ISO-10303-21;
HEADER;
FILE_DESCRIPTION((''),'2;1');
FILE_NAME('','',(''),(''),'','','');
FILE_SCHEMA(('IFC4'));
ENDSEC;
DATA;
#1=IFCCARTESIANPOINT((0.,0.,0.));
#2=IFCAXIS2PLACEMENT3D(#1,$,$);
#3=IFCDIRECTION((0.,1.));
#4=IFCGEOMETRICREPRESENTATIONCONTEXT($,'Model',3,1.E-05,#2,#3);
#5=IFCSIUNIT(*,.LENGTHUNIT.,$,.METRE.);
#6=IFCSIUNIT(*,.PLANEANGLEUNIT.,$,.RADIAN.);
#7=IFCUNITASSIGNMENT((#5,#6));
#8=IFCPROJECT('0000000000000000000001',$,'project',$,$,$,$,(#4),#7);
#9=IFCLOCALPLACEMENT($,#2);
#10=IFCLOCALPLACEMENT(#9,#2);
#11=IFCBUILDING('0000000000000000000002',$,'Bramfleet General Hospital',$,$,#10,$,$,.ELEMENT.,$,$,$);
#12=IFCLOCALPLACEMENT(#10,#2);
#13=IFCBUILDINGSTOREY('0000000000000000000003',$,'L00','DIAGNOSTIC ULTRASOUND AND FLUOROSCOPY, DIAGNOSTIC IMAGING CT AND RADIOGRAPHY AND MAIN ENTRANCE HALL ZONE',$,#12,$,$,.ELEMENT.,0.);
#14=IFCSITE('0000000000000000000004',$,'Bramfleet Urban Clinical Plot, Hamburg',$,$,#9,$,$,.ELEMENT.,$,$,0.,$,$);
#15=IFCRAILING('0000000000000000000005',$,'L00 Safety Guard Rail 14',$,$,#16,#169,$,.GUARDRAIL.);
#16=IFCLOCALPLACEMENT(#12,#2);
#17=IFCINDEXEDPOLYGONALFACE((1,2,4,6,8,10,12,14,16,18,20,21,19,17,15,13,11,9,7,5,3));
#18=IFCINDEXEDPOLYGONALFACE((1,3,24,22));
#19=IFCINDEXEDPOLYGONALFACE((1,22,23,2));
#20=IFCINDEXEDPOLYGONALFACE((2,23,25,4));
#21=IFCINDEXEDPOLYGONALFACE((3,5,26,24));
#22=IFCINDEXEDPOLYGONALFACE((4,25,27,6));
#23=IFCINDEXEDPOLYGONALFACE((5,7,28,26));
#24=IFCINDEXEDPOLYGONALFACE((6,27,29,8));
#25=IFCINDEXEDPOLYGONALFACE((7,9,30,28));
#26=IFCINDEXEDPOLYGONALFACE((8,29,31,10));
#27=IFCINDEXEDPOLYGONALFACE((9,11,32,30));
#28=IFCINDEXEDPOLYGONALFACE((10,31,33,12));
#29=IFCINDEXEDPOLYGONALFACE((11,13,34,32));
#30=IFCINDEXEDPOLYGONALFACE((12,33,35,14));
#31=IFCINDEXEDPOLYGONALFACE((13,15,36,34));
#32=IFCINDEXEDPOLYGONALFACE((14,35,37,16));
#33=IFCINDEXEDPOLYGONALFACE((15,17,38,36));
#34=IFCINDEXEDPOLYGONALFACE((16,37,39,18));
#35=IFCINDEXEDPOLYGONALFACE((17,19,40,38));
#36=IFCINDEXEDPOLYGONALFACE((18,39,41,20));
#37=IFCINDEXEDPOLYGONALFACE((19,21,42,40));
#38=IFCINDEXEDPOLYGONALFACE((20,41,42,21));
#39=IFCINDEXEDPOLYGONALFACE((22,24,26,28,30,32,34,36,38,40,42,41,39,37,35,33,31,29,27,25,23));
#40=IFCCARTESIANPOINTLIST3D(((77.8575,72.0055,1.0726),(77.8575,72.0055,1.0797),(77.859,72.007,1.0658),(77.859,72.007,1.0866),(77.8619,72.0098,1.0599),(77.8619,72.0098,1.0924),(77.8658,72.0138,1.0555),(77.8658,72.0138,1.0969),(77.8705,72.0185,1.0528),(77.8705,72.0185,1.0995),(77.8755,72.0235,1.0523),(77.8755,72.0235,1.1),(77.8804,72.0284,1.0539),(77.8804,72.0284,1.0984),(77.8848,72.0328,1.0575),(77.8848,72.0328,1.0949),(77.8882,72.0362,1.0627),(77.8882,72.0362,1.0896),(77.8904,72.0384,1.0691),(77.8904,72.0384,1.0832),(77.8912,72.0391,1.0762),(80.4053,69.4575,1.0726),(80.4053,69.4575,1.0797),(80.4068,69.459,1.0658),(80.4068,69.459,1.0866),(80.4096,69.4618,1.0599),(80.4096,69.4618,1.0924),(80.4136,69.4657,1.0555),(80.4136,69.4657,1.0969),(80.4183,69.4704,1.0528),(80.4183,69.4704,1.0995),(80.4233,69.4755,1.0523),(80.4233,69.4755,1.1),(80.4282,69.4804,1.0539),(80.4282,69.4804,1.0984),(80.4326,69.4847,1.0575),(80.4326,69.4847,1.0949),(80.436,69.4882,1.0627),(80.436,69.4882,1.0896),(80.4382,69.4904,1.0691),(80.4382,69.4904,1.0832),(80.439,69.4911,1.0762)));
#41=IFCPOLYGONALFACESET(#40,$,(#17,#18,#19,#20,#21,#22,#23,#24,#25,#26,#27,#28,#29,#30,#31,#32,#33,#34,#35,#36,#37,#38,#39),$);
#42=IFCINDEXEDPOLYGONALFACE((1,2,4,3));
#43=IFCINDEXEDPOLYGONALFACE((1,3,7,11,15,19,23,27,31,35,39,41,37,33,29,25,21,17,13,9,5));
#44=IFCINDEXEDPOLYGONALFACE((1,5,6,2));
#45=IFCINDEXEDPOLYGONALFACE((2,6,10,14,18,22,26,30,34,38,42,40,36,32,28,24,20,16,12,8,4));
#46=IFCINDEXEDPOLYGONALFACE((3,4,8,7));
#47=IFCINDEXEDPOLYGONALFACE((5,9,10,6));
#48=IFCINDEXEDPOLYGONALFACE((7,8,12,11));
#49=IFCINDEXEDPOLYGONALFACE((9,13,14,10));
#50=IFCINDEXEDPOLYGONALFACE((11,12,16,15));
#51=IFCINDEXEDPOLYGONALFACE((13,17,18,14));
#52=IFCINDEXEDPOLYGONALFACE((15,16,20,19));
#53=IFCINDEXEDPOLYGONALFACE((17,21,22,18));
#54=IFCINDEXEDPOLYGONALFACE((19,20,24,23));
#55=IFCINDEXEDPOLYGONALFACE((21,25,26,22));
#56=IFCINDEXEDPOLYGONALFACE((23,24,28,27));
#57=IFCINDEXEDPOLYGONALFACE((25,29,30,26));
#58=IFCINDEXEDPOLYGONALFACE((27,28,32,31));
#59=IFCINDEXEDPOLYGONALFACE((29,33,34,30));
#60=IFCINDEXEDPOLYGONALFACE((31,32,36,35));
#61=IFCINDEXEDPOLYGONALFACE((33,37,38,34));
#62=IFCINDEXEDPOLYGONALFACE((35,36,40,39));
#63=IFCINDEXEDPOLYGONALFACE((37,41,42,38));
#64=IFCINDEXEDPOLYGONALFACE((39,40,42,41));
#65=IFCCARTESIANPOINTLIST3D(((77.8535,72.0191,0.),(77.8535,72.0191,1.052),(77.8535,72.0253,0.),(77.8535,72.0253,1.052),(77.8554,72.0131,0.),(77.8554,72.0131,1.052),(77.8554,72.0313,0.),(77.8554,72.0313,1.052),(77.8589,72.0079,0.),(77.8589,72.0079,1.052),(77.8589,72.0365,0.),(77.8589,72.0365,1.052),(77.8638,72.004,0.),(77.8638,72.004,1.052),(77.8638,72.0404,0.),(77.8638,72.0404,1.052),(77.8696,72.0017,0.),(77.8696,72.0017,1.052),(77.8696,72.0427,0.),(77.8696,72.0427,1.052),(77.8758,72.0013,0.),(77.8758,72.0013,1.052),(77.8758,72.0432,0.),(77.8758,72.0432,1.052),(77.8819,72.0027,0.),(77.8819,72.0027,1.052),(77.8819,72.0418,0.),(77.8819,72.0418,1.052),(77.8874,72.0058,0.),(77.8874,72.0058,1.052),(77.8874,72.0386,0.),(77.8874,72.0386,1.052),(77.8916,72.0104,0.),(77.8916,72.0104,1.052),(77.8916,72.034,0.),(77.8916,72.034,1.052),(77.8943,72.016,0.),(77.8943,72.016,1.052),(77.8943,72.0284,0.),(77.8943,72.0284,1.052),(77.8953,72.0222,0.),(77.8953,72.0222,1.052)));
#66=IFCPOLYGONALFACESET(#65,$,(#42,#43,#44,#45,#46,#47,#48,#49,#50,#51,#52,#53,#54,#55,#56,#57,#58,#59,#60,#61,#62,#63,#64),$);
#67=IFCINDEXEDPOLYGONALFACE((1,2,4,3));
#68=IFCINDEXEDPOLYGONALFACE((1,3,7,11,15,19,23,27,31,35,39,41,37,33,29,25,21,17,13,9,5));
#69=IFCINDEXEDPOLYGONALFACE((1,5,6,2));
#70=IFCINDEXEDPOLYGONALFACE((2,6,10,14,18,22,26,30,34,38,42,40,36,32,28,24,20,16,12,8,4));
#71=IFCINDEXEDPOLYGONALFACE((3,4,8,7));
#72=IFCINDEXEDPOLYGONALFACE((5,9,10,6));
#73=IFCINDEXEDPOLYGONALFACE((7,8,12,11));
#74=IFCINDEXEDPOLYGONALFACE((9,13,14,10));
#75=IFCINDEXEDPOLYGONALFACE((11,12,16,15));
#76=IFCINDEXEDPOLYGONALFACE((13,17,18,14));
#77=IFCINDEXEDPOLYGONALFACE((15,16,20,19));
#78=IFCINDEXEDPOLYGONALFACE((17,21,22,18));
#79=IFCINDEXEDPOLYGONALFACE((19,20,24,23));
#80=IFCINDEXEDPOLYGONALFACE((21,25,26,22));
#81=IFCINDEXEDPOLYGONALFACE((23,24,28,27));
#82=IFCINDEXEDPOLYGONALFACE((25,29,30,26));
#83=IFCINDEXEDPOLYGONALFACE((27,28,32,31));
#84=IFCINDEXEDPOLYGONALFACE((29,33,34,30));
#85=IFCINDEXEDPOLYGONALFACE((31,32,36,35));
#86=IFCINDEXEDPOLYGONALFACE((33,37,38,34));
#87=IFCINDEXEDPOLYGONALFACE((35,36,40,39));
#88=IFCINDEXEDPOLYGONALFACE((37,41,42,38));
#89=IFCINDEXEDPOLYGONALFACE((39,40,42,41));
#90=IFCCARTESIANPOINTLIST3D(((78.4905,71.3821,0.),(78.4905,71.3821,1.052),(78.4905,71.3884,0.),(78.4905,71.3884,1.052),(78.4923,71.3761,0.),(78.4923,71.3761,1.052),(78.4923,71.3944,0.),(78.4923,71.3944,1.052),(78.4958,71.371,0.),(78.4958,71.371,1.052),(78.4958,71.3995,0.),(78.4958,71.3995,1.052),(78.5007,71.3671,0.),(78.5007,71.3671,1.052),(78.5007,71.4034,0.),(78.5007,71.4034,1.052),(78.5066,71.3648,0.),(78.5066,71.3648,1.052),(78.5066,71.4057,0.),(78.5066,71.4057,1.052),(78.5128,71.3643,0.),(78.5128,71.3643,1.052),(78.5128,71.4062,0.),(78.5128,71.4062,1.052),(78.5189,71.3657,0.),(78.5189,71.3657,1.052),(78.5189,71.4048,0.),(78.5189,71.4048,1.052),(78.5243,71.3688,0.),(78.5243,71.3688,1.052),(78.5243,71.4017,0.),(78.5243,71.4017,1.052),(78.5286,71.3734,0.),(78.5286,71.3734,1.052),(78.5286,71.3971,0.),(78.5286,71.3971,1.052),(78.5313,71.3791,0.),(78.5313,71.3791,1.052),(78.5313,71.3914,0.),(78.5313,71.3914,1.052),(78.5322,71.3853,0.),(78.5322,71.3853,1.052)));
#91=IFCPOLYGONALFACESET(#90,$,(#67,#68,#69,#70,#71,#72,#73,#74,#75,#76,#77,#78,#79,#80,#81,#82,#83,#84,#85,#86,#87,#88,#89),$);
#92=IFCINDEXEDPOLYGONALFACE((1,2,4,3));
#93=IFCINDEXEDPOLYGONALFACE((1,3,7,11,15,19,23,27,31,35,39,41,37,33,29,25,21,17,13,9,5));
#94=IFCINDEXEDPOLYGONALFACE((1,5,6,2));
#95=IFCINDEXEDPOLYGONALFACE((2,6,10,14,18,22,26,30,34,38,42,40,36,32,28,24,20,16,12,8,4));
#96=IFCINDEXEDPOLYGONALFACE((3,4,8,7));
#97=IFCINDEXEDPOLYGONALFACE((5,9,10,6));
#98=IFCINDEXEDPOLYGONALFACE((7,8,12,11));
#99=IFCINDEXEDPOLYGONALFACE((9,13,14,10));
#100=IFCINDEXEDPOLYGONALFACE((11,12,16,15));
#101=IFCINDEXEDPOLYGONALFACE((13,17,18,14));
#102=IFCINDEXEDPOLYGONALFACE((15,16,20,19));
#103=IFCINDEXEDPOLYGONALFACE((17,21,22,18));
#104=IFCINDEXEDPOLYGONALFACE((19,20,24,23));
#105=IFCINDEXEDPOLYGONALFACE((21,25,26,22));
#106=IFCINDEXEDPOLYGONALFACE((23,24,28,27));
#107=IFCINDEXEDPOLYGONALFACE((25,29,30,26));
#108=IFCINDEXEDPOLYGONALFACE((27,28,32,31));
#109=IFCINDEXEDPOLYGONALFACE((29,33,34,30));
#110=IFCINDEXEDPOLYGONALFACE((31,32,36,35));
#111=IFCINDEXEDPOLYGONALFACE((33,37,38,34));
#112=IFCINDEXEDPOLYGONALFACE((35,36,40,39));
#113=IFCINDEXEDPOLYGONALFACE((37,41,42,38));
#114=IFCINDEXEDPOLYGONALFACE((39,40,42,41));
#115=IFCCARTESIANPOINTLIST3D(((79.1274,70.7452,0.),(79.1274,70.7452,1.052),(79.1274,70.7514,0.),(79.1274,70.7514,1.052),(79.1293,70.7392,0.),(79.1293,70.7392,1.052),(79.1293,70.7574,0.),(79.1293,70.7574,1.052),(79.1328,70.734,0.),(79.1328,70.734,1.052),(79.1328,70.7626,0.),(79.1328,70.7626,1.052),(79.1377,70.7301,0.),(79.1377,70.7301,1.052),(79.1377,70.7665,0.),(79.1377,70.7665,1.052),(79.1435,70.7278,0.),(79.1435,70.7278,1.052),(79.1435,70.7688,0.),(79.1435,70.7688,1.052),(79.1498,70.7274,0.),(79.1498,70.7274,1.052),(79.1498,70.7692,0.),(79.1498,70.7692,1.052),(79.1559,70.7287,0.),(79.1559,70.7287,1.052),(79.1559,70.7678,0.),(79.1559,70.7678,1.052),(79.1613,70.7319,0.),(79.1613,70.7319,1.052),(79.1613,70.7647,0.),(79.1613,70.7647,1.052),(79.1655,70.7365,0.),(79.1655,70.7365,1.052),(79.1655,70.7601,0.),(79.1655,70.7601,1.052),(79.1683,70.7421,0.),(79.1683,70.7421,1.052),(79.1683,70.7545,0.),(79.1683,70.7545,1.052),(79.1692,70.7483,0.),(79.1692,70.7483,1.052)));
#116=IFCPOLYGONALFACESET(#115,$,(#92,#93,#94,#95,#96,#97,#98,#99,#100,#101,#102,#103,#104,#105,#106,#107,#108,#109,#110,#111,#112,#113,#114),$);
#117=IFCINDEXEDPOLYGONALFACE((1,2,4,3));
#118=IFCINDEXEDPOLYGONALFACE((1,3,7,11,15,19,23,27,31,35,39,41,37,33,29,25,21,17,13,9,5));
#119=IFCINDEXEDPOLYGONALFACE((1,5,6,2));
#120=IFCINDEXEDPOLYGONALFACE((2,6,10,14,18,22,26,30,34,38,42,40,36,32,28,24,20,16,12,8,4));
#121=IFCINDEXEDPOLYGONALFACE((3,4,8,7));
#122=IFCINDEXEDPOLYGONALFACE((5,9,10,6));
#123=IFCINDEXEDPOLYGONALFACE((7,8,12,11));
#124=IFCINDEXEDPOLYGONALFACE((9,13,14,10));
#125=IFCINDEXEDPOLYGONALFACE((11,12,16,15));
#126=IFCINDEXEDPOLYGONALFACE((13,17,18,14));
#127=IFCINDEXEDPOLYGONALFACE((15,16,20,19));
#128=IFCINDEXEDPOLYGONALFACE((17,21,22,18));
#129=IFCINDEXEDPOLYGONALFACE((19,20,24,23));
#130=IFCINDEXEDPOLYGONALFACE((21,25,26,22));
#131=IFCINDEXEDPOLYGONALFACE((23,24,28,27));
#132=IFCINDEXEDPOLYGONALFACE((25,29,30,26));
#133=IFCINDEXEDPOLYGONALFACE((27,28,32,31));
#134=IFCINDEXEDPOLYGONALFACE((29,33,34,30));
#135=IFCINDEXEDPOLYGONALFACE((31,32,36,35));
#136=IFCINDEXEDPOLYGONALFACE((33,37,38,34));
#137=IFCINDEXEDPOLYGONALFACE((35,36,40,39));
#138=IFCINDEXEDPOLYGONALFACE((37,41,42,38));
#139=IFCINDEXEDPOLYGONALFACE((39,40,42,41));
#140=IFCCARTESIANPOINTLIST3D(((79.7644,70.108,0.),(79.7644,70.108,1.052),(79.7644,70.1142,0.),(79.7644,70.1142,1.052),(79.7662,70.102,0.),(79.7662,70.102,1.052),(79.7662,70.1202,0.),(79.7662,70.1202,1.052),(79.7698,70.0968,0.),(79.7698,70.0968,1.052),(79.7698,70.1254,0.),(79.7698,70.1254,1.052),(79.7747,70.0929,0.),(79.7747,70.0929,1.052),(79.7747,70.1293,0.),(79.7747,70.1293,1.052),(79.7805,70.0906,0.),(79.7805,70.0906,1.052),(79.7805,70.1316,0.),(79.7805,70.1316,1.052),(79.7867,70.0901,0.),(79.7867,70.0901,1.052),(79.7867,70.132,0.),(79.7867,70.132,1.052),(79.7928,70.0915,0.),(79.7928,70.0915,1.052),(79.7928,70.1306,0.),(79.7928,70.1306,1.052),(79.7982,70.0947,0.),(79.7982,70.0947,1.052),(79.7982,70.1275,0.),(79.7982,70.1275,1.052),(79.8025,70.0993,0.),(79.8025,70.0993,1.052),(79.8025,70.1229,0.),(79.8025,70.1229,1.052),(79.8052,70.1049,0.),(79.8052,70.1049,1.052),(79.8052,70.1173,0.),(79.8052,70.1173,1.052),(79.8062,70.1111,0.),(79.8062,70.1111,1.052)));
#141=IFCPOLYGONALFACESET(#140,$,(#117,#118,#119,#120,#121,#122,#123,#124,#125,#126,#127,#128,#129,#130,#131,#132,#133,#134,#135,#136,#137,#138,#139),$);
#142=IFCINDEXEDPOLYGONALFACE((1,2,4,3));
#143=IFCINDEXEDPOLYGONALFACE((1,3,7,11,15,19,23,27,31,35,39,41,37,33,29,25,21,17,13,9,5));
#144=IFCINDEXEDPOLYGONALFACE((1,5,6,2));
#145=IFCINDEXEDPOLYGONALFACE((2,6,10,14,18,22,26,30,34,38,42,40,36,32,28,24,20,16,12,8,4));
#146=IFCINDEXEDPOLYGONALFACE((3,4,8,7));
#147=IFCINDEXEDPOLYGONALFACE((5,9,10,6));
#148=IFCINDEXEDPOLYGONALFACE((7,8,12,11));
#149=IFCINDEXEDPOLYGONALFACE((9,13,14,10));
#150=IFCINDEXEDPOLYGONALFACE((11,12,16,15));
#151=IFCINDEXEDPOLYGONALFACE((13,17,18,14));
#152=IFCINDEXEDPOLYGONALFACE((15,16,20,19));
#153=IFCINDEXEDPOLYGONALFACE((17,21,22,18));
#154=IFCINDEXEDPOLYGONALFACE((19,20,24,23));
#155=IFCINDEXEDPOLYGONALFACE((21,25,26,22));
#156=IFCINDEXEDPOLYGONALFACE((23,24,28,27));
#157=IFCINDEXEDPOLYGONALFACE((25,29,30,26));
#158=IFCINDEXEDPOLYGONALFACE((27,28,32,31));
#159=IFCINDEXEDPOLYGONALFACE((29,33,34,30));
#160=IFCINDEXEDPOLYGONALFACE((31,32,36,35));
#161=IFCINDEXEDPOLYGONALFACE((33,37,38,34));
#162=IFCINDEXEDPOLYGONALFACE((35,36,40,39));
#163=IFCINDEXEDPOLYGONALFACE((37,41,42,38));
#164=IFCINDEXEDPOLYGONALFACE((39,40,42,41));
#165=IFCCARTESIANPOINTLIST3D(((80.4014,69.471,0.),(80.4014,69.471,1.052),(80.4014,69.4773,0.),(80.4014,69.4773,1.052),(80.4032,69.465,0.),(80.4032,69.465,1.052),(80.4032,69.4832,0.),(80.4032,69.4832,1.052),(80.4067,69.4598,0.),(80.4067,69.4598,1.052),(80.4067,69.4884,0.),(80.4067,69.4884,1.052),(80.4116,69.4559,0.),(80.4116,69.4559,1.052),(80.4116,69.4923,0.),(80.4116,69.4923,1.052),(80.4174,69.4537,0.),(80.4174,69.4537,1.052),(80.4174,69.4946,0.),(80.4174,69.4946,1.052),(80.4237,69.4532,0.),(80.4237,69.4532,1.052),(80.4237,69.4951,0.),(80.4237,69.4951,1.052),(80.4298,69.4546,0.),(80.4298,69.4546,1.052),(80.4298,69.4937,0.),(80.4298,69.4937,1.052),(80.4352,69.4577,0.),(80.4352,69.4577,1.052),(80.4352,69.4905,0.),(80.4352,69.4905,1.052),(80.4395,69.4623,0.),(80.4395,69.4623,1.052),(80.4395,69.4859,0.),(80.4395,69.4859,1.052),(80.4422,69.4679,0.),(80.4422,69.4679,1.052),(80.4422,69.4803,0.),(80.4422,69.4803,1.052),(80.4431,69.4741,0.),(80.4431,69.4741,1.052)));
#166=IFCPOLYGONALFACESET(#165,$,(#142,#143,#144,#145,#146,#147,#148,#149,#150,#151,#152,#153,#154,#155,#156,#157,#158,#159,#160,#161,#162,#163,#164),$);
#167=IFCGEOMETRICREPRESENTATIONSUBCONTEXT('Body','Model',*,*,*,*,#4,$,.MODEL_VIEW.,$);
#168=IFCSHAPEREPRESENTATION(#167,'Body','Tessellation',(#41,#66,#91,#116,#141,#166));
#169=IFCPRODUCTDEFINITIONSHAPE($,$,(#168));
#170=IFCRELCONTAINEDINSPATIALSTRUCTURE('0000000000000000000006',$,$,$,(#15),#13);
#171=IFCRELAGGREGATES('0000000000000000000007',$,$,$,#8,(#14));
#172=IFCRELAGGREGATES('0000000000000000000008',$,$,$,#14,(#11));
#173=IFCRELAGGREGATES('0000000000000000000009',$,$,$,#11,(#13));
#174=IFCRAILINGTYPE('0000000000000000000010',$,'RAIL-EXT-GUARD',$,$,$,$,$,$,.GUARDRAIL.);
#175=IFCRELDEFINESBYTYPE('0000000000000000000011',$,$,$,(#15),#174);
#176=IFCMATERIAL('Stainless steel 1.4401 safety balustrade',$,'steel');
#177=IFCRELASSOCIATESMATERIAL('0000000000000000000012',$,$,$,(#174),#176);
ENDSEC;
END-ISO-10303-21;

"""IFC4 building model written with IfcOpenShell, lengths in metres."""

from ifc_helpers import new_model, si_unit, direction, frame, origin, origin_2d, place, context, subcontext, project, spatial, circle, extrude, material, type_object, element, save


model = new_model("IFC4")

# Units and contexts
model_context = context("Model", 3, precision=1e-05, world=origin(), true_north=direction((0.0, 1.0)))
body_context = subcontext(model_context, "Body", "Model", "MODEL_VIEW")
ifc_project = project(units=[si_unit("LENGTHUNIT", "METRE"), si_unit("PLANEANGLEUNIT", "RADIAN")], contexts=[model_context])

# Site, building, storey
site_placement = place(None, origin())
site = spatial("IfcSite", under=ifc_project, at=site_placement, Name="Bramfleet Urban Clinical Plot, Hamburg", CompositionType="ELEMENT", RefElevation=0.0)
building_placement = place(site_placement, origin())
building = spatial("IfcBuilding", under=site, at=building_placement, Name="Bramfleet General Hospital", CompositionType="ELEMENT")
storey_placement = place(building_placement, origin())
storey = spatial("IfcBuildingStorey", under=building, at=storey_placement, Name="L00", Description="DIAGNOSTIC ULTRASOUND AND FLUOROSCOPY, DIAGNOSTIC IMAGING CT AND RADIOGRAPHY AND MAIN ENTRANCE HALL ZONE", CompositionType="ELEMENT", Elevation=0.0)

# Railing
ifc_material_1 = material(Name="Stainless steel 1.4401 safety balustrade", Category="steel")
railing_type = type_object("IfcRailingType", Name="RAIL-EXT-GUARD", PredefinedType="GUARDRAIL", material=ifc_material_1)
railing_1_placement = place(storey_placement, frame((77.8743, 72.0222, 0.0)))
element("IfcRailing", 1, at=railing_1_placement, inside=storey, type_object=railing_type, Name="L00 Safety Guard Rail 14", PredefinedType="GUARDRAIL", context=body_context, shape_type="SweptSolid", body=[
    extrude(circle(Radius=0.0239, at=origin_2d()), frame((0.0, 0.0, 1.0762), z_axis=(0.707073, -0.707141, 0.0), x_axis=(0.707141, 0.707073, 0.0)), (0.0, 0.0, 1.0), 3.6033),
    extrude(circle(Radius=0.021, at=origin_2d()), origin(), (0.0, 0.0, 1.0), 1.052),
    extrude(circle(Radius=0.021, at=origin_2d()), frame((0.637, -0.637, 0.0)), (0.0, 0.0, 1.0), 1.052),
    extrude(circle(Radius=0.021, at=origin_2d()), frame((1.2739, -1.2739, 0.0)), (0.0, 0.0, 1.0), 1.052),
    extrude(circle(Radius=0.021, at=origin_2d()), frame((1.9109, -1.9111, 0.0)), (0.0, 0.0, 1.0), 1.052),
    extrude(circle(Radius=0.021, at=origin_2d()), frame((2.5479, -2.5481, 0.0)), (0.0, 0.0, 1.0), 1.052),
])

save(model, "model.ifc")
